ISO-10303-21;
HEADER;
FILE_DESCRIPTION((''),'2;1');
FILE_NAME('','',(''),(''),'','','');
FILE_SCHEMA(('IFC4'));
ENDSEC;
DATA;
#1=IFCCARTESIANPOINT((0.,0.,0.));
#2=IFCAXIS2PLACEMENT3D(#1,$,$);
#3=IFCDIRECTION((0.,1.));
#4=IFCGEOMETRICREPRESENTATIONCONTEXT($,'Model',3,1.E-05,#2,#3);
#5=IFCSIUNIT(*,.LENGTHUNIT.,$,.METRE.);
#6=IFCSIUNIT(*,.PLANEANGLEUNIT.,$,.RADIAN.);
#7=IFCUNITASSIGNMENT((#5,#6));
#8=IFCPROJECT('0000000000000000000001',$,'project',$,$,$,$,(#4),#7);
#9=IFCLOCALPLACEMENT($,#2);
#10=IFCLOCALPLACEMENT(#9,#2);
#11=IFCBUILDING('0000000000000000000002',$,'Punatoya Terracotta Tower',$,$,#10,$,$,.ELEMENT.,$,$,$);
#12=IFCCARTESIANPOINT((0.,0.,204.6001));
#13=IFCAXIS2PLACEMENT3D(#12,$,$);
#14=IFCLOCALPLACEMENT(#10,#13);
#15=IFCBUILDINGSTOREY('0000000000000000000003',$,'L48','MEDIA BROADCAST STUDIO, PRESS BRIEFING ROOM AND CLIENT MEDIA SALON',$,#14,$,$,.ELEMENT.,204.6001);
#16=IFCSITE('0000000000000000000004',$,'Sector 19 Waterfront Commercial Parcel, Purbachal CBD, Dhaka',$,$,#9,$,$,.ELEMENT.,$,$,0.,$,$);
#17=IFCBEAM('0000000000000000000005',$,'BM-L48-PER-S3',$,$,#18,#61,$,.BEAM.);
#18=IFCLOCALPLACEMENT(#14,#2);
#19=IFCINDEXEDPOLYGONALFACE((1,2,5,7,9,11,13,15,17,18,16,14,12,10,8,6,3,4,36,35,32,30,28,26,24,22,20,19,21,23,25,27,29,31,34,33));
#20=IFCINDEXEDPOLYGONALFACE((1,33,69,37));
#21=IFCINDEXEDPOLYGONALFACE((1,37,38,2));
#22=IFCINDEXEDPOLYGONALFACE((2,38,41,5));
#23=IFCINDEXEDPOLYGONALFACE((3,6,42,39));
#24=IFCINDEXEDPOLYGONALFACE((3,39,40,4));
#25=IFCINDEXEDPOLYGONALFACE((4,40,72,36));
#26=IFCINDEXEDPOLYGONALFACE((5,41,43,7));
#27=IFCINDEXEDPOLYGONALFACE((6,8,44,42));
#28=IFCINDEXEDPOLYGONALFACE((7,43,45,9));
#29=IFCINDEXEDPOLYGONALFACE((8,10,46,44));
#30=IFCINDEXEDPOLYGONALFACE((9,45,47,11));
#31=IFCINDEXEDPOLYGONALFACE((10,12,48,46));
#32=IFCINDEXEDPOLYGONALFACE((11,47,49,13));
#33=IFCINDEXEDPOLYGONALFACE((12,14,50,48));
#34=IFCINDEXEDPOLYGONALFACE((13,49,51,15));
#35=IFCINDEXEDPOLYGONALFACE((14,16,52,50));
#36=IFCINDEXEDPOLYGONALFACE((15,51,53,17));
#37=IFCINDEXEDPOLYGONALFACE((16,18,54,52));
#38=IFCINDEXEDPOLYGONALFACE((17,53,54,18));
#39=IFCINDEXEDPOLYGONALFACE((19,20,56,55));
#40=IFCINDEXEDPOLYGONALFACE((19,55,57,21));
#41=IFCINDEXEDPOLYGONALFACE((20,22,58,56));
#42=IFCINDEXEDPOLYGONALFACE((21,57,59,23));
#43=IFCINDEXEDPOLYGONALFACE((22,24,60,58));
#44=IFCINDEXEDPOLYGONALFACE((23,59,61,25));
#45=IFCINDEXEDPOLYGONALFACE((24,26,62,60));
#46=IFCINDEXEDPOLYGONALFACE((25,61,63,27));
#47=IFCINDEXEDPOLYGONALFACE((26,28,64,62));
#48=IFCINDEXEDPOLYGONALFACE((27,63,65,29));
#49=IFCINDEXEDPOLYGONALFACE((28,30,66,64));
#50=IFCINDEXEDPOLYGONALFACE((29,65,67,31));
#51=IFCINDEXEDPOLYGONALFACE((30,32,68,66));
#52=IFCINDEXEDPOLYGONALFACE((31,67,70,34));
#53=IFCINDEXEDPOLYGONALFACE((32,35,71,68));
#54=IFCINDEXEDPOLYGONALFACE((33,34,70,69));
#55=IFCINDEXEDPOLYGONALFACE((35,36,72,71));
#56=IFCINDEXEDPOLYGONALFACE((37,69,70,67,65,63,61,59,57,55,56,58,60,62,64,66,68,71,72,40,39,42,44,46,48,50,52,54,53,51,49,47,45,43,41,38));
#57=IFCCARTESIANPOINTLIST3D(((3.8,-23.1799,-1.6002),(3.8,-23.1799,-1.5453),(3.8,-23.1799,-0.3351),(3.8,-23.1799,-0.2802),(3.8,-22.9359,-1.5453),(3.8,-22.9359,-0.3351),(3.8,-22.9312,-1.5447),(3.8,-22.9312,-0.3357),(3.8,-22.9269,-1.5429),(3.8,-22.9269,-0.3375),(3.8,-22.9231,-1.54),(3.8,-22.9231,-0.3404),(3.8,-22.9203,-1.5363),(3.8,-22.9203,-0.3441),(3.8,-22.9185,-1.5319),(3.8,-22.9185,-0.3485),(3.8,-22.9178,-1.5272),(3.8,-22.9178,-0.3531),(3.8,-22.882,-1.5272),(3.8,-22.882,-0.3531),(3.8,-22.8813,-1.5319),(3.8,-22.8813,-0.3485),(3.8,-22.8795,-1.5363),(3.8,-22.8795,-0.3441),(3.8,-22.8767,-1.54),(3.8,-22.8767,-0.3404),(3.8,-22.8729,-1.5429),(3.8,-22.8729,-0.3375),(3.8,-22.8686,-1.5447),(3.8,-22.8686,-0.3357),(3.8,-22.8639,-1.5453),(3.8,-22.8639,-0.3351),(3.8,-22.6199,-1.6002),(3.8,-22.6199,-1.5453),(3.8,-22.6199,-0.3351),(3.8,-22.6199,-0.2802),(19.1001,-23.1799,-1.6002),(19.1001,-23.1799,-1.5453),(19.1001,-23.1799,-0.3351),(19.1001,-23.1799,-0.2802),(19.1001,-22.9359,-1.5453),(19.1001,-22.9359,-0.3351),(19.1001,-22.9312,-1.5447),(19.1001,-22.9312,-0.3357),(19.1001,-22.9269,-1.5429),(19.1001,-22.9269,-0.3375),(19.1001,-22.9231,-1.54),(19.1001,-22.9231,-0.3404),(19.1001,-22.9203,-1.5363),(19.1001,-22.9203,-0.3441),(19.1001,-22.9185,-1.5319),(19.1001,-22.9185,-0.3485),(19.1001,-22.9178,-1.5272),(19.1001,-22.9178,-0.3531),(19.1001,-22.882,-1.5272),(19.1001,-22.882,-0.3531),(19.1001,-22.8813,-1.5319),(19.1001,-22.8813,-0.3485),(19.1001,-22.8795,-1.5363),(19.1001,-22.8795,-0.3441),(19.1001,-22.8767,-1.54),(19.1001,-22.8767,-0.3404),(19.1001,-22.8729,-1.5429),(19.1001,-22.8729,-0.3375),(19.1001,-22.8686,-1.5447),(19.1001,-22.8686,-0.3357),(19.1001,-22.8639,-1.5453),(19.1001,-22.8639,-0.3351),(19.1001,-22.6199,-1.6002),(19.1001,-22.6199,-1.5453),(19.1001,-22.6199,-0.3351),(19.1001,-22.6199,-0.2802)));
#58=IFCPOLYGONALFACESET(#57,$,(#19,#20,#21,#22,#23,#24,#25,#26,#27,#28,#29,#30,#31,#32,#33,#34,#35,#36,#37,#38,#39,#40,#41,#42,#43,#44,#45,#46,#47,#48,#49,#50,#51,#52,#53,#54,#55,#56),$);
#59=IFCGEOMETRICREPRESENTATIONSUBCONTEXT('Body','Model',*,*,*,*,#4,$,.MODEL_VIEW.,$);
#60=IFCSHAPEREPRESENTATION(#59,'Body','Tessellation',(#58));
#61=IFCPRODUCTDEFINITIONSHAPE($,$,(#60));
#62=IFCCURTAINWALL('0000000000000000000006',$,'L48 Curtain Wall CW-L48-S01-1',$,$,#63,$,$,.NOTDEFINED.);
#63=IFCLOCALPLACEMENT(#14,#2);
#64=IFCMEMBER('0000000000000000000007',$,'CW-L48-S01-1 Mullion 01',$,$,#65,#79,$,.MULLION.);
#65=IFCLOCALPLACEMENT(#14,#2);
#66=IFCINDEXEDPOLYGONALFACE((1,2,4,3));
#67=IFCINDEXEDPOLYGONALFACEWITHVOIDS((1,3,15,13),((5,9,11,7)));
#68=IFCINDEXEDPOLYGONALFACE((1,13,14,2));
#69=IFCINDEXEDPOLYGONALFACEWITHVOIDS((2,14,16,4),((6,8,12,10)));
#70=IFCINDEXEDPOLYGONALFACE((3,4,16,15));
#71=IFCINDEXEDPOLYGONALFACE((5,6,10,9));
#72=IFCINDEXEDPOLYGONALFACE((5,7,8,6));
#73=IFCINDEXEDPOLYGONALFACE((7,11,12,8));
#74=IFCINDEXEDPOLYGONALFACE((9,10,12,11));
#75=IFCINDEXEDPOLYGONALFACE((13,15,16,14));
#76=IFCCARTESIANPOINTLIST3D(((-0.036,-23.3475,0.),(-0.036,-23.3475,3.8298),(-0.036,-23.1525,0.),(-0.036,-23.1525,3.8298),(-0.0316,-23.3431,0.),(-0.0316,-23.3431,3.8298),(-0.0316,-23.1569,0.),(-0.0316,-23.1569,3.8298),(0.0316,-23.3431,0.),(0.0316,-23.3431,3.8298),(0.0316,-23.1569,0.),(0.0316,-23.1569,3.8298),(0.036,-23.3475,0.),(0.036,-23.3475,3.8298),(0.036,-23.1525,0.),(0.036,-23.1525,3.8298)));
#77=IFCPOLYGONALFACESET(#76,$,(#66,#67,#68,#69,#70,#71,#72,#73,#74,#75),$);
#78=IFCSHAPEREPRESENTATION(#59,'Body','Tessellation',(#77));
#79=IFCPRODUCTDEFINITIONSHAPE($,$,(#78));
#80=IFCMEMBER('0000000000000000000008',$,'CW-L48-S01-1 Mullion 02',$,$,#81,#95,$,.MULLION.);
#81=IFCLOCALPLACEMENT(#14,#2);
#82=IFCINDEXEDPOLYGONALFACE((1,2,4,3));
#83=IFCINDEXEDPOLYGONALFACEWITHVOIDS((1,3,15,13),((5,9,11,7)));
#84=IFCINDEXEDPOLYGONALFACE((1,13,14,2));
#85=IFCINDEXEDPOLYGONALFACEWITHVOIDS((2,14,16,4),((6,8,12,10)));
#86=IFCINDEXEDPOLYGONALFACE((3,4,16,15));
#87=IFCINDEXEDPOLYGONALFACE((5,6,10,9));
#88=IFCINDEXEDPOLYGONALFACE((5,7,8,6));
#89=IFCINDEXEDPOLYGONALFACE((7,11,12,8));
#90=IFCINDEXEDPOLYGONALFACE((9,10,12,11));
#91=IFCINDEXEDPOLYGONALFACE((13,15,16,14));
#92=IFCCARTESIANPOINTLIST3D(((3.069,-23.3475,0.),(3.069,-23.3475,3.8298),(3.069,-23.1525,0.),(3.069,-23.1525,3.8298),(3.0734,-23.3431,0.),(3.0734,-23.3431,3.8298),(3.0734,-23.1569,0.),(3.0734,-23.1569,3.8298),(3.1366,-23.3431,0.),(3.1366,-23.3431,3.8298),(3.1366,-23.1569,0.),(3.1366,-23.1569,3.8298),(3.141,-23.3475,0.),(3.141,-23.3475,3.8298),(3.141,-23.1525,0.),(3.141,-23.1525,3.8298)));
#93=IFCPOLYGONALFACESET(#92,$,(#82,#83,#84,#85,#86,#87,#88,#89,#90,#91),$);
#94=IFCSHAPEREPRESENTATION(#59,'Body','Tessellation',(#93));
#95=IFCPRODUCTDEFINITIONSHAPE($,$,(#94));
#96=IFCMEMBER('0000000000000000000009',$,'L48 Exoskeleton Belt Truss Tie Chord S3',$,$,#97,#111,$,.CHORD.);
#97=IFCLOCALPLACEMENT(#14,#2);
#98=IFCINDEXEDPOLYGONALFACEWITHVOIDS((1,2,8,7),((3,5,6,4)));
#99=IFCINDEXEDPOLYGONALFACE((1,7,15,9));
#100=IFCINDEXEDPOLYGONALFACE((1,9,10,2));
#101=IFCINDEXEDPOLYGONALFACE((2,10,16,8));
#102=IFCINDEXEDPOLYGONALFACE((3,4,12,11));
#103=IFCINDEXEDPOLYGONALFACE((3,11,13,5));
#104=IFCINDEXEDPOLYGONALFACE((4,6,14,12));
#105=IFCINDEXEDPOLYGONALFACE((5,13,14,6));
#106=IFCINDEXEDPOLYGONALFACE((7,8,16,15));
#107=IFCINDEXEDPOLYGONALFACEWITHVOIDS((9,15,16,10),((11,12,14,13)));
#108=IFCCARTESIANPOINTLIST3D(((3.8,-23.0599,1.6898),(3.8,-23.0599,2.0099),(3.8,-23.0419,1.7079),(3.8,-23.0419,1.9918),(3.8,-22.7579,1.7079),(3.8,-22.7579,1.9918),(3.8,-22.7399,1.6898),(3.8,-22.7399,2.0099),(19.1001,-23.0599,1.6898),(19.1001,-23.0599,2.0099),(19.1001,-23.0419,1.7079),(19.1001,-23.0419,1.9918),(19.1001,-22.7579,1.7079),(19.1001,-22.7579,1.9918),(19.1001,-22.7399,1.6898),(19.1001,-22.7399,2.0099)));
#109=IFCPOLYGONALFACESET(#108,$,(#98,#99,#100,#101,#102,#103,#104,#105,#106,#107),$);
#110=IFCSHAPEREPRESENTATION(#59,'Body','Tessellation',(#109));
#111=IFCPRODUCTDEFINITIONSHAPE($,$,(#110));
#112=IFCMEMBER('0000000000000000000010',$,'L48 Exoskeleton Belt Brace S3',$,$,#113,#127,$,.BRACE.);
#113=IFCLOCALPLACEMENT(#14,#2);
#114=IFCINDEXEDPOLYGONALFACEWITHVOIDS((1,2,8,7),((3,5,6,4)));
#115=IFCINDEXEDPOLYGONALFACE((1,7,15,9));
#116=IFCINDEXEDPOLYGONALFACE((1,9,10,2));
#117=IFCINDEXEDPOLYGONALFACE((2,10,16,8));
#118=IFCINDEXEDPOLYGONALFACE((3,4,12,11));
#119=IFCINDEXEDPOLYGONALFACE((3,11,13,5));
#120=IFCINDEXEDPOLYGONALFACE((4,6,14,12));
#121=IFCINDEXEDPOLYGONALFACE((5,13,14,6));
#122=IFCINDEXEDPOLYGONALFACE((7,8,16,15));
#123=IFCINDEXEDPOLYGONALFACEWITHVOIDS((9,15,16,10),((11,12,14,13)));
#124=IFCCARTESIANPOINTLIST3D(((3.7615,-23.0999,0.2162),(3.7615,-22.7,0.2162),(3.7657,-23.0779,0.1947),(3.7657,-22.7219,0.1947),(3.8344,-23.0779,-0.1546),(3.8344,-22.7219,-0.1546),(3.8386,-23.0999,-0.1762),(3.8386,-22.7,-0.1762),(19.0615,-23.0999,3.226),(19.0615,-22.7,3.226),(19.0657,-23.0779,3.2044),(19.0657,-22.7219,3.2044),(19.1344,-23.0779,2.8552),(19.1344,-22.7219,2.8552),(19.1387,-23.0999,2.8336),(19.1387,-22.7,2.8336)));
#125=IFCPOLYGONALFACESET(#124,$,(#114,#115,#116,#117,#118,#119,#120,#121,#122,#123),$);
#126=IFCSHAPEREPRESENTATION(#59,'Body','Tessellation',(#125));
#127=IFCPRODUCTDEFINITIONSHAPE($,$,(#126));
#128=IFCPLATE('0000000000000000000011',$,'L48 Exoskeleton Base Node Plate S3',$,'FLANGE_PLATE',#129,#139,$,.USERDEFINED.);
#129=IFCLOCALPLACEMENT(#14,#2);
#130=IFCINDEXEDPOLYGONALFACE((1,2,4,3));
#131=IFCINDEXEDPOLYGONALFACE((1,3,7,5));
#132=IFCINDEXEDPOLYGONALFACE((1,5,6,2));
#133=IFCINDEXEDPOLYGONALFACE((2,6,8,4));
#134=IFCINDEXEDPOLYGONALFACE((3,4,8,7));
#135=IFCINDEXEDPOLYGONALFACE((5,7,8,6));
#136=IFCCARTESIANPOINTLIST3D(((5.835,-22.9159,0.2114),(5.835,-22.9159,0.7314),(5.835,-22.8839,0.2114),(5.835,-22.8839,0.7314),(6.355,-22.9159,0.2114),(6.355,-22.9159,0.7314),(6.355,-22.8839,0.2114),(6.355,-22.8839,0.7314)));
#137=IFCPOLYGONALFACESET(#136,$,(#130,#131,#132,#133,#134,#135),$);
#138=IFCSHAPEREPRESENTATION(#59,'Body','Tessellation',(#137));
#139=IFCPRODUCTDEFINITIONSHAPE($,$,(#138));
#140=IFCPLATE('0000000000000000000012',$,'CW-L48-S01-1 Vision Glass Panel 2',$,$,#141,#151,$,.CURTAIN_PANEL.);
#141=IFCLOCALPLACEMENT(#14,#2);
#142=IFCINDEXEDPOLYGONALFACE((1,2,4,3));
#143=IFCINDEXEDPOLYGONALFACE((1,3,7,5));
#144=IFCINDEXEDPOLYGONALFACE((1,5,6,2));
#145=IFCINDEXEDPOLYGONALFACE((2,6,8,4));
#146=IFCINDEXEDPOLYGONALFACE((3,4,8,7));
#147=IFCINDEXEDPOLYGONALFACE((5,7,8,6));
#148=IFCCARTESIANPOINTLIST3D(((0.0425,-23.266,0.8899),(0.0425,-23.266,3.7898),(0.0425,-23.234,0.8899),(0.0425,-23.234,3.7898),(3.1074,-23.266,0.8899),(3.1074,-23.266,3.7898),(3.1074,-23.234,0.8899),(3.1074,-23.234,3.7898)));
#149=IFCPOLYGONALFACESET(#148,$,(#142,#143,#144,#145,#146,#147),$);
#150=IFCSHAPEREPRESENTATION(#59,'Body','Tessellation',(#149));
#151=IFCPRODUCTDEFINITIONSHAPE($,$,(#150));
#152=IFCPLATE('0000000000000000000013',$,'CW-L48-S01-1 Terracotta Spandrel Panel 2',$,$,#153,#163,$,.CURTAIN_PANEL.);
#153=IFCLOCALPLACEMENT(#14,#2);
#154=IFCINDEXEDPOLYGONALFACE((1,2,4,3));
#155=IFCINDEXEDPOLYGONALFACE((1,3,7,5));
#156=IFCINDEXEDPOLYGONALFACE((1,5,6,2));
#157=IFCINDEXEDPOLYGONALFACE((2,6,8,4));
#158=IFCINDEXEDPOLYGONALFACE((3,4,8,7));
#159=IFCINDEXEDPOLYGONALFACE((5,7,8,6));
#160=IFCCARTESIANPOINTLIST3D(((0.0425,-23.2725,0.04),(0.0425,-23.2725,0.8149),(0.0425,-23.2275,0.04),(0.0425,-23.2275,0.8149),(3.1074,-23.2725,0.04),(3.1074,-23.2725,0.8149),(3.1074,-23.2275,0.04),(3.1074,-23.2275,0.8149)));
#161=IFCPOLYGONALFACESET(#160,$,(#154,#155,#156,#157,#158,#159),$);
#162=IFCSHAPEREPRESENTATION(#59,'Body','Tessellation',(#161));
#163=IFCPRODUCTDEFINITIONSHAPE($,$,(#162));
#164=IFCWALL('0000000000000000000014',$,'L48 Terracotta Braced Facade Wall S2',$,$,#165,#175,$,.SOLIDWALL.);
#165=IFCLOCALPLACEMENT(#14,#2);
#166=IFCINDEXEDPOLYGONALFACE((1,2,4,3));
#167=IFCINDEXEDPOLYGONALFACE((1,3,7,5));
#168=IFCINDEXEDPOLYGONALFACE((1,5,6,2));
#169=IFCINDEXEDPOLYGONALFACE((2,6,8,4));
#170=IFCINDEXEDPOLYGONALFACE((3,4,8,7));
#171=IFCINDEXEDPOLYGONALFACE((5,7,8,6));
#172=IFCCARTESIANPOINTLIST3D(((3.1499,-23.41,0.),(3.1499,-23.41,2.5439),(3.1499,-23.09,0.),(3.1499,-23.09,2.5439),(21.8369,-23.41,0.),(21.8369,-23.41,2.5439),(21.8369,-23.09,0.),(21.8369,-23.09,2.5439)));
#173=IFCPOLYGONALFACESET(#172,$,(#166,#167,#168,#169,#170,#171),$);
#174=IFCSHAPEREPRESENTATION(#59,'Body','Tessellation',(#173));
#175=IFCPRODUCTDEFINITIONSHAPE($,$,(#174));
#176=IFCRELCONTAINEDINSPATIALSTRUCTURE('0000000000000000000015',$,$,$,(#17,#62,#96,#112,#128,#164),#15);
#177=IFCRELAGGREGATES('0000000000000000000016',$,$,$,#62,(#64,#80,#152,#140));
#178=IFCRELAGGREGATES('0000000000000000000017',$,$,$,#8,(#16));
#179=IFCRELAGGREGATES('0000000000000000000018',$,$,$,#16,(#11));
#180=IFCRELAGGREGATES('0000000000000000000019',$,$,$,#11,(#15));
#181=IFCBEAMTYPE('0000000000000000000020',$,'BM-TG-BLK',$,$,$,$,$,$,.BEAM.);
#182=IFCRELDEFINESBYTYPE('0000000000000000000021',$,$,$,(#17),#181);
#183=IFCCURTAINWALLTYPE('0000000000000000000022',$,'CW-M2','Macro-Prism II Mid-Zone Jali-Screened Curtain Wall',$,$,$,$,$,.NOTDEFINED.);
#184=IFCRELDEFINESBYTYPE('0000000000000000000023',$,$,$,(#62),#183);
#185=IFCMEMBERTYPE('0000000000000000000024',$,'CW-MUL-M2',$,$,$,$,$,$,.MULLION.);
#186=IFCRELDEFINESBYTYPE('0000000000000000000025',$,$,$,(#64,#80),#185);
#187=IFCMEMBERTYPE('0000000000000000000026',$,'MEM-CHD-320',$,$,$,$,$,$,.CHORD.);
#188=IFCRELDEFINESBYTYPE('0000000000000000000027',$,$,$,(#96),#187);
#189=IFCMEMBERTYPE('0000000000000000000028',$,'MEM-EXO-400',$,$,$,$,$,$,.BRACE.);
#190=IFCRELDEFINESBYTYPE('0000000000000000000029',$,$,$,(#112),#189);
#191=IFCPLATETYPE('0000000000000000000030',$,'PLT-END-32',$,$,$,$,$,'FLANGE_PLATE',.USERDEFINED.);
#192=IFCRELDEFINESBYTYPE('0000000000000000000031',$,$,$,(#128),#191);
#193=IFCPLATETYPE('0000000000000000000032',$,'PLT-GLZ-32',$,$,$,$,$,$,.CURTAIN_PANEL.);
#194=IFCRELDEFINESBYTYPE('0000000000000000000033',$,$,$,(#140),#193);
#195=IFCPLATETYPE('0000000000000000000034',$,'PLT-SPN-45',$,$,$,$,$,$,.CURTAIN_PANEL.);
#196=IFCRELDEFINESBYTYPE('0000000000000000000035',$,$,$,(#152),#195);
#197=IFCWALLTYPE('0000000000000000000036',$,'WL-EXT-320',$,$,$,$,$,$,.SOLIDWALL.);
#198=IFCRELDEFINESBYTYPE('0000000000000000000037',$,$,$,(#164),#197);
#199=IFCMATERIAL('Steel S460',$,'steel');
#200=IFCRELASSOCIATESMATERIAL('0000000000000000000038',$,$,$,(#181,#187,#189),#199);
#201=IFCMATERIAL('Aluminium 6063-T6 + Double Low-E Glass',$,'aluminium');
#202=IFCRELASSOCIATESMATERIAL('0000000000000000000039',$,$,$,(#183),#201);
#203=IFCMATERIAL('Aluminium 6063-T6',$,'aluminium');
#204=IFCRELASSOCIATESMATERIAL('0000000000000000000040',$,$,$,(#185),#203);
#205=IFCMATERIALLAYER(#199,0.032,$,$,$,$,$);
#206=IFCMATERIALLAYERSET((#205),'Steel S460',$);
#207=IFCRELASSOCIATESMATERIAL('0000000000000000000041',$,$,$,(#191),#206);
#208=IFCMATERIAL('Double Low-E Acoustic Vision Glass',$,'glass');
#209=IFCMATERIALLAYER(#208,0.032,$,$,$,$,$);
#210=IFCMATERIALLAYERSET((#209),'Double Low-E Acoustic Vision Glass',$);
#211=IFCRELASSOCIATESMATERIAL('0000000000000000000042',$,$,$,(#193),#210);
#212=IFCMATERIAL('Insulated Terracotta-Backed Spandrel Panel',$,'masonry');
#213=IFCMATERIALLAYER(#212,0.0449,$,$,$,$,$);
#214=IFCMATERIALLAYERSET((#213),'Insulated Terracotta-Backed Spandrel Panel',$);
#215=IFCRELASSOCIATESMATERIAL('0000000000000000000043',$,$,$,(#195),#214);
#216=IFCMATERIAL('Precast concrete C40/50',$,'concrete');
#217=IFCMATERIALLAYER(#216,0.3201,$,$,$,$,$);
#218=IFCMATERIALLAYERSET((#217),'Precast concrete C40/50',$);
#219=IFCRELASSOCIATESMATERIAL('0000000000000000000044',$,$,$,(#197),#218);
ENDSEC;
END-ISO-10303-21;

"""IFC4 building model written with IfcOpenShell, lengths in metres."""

from ifc_helpers import new_model, si_unit, direction, frame, frame_2d, origin, origin_2d, place, context, subcontext, project, spatial, rectangle, hollow_rectangle, i_section, extrude, material, layer, layer_set, material_profile, profile_set, type_object, element, aggregate, save


model = new_model("IFC4")

# Units and contexts
model_context = context("Model", 3, precision=1e-05, world=origin(), true_north=direction((0.0, 1.0)))
body_context = subcontext(model_context, "Body", "Model", "MODEL_VIEW")
ifc_project = project(units=[si_unit("LENGTHUNIT", "METRE"), si_unit("PLANEANGLEUNIT", "RADIAN")], contexts=[model_context])

# Site, building, storey
site_placement = place(None, origin())
site = spatial("IfcSite", under=ifc_project, at=site_placement, Name="Sector 19 Waterfront Commercial Parcel, Purbachal CBD, Dhaka", CompositionType="ELEMENT", RefElevation=0.0)
building_placement = place(site_placement, origin())
building = spatial("IfcBuilding", under=site, at=building_placement, Name="Punatoya Terracotta Tower", CompositionType="ELEMENT")
storey_placement = place(building_placement, frame((0.0, 0.0, 204.6001)))
storey = spatial("IfcBuildingStorey", under=building, at=storey_placement, Name="L48", Description="MEDIA BROADCAST STUDIO, PRESS BRIEFING ROOM AND CLIENT MEDIA SALON", CompositionType="ELEMENT", Elevation=204.6001)

# Shared definitions
ifc_material_1 = material(Name="Steel S460", Category="steel")

# Beam
ifc_material_profile_1 = material_profile(ifc_material_1, i_section(OverallWidth=0.5601, OverallDepth=1.3201, WebThickness=0.0359, FlangeThickness=0.0549, FilletRadius=0.0181, at=origin_2d()))
ifc_profile_set_1 = profile_set([ifc_material_profile_1], Name="Steel S460")
beam_type_1 = type_object("IfcBeamType", Name="BM-TG-BLK", PredefinedType="BEAM", material=ifc_profile_set_1)
beam_1_placement = place(storey_placement, frame((3.8, -22.8999, -0.9402), z_axis=(1.0, 0.0, 0.0), x_axis=(0.0, 1.0, 0.0)))
element("IfcBeam", 1, at=beam_1_placement, inside=storey, type_object=beam_type_1, Name="BM-L48-PER-S3", PredefinedType="BEAM", context=body_context, shape_type="SweptSolid", body=[
    extrude(i_section(OverallWidth=0.5601, OverallDepth=1.3201, WebThickness=0.0359, FlangeThickness=0.0549, FilletRadius=0.0181, at=origin_2d()), origin(), (0.0, 0.0, 1.0), 15.3),
])

# Curtain wall, members
ifc_material_2 = material(Name="Aluminium 6063-T6 + Double Low-E Glass", Category="aluminium")
curtain_wall_type = type_object("IfcCurtainWallType", Name="CW-M2", Description="Macro-Prism II Mid-Zone Jali-Screened Curtain Wall", PredefinedType="NOTDEFINED", material=ifc_material_2)
curtain_wall_placement = place(storey_placement, origin())
curtain_wall = element("IfcCurtainWall", 2, at=curtain_wall_placement, inside=storey, type_object=curtain_wall_type, Name="L48 Curtain Wall CW-L48-S01-1", PredefinedType="NOTDEFINED")
ifc_material_3 = material(Name="Aluminium 6063-T6", Category="aluminium")
ifc_material_profile_2 = material_profile(ifc_material_3, hollow_rectangle(XDim=0.072, YDim=0.1951, WallThickness=0.0044, at=origin_2d()))
ifc_profile_set_2 = profile_set([ifc_material_profile_2], Name="Aluminium 6063-T6")
member_type_1 = type_object("IfcMemberType", Name="CW-MUL-M2", PredefinedType="MULLION", material=ifc_profile_set_2)
member_1_placement = place(storey_placement, frame((0.0, -23.25, 0.0), z_axis=(0.0, 0.0, 1.0), x_axis=(1.0, 0.0, 0.0)))
member_1 = element("IfcMember", 3, at=member_1_placement, type_object=member_type_1, Name="CW-L48-S01-1 Mullion 01", PredefinedType="MULLION", context=body_context, shape_type="SweptSolid", body=[
    extrude(hollow_rectangle(XDim=0.072, YDim=0.1951, WallThickness=0.0044, at=origin_2d()), origin(), (0.0, 0.0, 1.0), 3.8298),
])
member_2_placement = place(storey_placement, frame((3.105, -23.25, 0.0), z_axis=(0.0, 0.0, 1.0), x_axis=(1.0, 0.0, 0.0)))
member_2 = element("IfcMember", 4, at=member_2_placement, type_object=member_type_1, Name="CW-L48-S01-1 Mullion 02", PredefinedType="MULLION", context=body_context, shape_type="SweptSolid", body=[
    extrude(hollow_rectangle(XDim=0.072, YDim=0.1951, WallThickness=0.0044, at=origin_2d()), origin(), (0.0, 0.0, 1.0), 3.8298),
])

# Members
ifc_material_profile_3 = material_profile(ifc_material_1, hollow_rectangle(XDim=0.3201, YDim=0.3201, WallThickness=0.0181, at=origin_2d()))
ifc_profile_set_3 = profile_set([ifc_material_profile_3], Name="Steel S460")
member_type_2 = type_object("IfcMemberType", Name="MEM-CHD-320", PredefinedType="CHORD", material=ifc_profile_set_3)
member_3_placement = place(storey_placement, frame((3.8, -22.8999, 1.8499), z_axis=(1.0, 0.0, 0.0), x_axis=(0.0, 1.0, 0.0)))
element("IfcMember", 5, at=member_3_placement, inside=storey, type_object=member_type_2, Name="L48 Exoskeleton Belt Truss Tie Chord S3", PredefinedType="CHORD", context=body_context, shape_type="SweptSolid", body=[
    extrude(hollow_rectangle(XDim=0.3201, YDim=0.3201, WallThickness=0.0181, at=origin_2d()), origin(), (0.0, 0.0, 1.0), 15.3),
])
ifc_material_profile_4 = material_profile(ifc_material_1, hollow_rectangle(XDim=0.3999, YDim=0.3999, WallThickness=0.022, at=origin_2d()))
ifc_profile_set_4 = profile_set([ifc_material_profile_4], Name="Steel S460")
member_type_3 = type_object("IfcMemberType", Name="MEM-EXO-400", PredefinedType="BRACE", material=ifc_profile_set_4)
member_4_placement = place(storey_placement, frame((3.8, -22.8999, 0.02), z_axis=(0.981195, 0.0, 0.193017), x_axis=(0.0, 1.0, 0.0)))
element("IfcMember", 6, at=member_4_placement, inside=storey, type_object=member_type_3, Name="L48 Exoskeleton Belt Brace S3", PredefinedType="BRACE", context=body_context, shape_type="SweptSolid", body=[
    extrude(hollow_rectangle(XDim=0.3999, YDim=0.3999, WallThickness=0.022, at=origin_2d()), origin(), (0.0, 0.0, 1.0), 15.5933),
])

# Plates
ifc_layer_1 = layer(ifc_material_1, 0.032)
ifc_layer_set_1 = layer_set([ifc_layer_1], Name="Steel S460")
plate_type_1 = type_object("IfcPlateType", Name="PLT-END-32", ElementType="FLANGE_PLATE", PredefinedType="USERDEFINED", material=ifc_layer_set_1)
plate_1_placement = place(storey_placement, frame((6.095, -22.8999, 0.2114), z_axis=(0.0, 0.0, 1.0), x_axis=(1.0, 0.0, 0.0)))
element("IfcPlate", 7, at=plate_1_placement, inside=storey, type_object=plate_type_1, Name="L48 Exoskeleton Base Node Plate S3", ObjectType="FLANGE_PLATE", PredefinedType="USERDEFINED", context=body_context, shape_type="SweptSolid", body=[
    extrude(rectangle(XDim=0.52, YDim=0.032, at=origin_2d()), origin(), (0.0, 0.0, 1.0), 0.52),
])
ifc_material_4 = material(Name="Double Low-E Acoustic Vision Glass", Category="glass")
ifc_layer_2 = layer(ifc_material_4, 0.032)
ifc_layer_set_2 = layer_set([ifc_layer_2], Name="Double Low-E Acoustic Vision Glass")
plate_type_2 = type_object("IfcPlateType", Name="PLT-GLZ-32", PredefinedType="CURTAIN_PANEL", material=ifc_layer_set_2)
plate_2_placement = place(storey_placement, frame((1.575, -23.25, 0.8899), z_axis=(0.0, 0.0, 1.0), x_axis=(1.0, 0.0, 0.0)))
plate_2 = element("IfcPlate", 8, at=plate_2_placement, type_object=plate_type_2, Name="CW-L48-S01-1 Vision Glass Panel 2", PredefinedType="CURTAIN_PANEL", context=body_context, shape_type="SweptSolid", body=[
    extrude(rectangle(XDim=3.0649, YDim=0.032, at=origin_2d()), origin(), (0.0, 0.0, 1.0), 2.8999),
])
ifc_material_5 = material(Name="Insulated Terracotta-Backed Spandrel Panel", Category="masonry")
ifc_layer_3 = layer(ifc_material_5, 0.0449)
ifc_layer_set_3 = layer_set([ifc_layer_3], Name="Insulated Terracotta-Backed Spandrel Panel")
plate_type_3 = type_object("IfcPlateType", Name="PLT-SPN-45", PredefinedType="CURTAIN_PANEL", material=ifc_layer_set_3)
plate_3_placement = place(storey_placement, frame((1.575, -23.25, 0.04), z_axis=(0.0, 0.0, 1.0), x_axis=(1.0, 0.0, 0.0)))
plate_3 = element("IfcPlate", 9, at=plate_3_placement, type_object=plate_type_3, Name="CW-L48-S01-1 Terracotta Spandrel Panel 2", PredefinedType="CURTAIN_PANEL", context=body_context, shape_type="SweptSolid", body=[
    extrude(rectangle(XDim=3.0649, YDim=0.0449, at=origin_2d()), origin(), (0.0, 0.0, 1.0), 0.7749),
])
aggregate(curtain_wall, [member_1, member_2, plate_3, plate_2])

# Wall
ifc_material_6 = material(Name="Precast concrete C40/50", Category="concrete")
ifc_layer_4 = layer(ifc_material_6, 0.3201)
ifc_layer_set_4 = layer_set([ifc_layer_4], Name="Precast concrete C40/50")
wall_type_1 = type_object("IfcWallType", Name="WL-EXT-320", PredefinedType="SOLIDWALL", material=ifc_layer_set_4)
wall_1_placement = place(storey_placement, frame((3.1499, -23.25, 0.0), z_axis=(0.0, 0.0, 1.0), x_axis=(1.0, 0.0, 0.0)))
element("IfcWall", 10, at=wall_1_placement, inside=storey, type_object=wall_type_1, Name="L48 Terracotta Braced Facade Wall S2", PredefinedType="SOLIDWALL", context=body_context, shape_type="SweptSolid", body=[
    extrude(rectangle(XDim=18.687, YDim=0.3201, at=frame_2d((9.3435, 0.0))), origin(), (0.0, 0.0, 1.0), 2.5439),
])

save(model, "model.ifc")
